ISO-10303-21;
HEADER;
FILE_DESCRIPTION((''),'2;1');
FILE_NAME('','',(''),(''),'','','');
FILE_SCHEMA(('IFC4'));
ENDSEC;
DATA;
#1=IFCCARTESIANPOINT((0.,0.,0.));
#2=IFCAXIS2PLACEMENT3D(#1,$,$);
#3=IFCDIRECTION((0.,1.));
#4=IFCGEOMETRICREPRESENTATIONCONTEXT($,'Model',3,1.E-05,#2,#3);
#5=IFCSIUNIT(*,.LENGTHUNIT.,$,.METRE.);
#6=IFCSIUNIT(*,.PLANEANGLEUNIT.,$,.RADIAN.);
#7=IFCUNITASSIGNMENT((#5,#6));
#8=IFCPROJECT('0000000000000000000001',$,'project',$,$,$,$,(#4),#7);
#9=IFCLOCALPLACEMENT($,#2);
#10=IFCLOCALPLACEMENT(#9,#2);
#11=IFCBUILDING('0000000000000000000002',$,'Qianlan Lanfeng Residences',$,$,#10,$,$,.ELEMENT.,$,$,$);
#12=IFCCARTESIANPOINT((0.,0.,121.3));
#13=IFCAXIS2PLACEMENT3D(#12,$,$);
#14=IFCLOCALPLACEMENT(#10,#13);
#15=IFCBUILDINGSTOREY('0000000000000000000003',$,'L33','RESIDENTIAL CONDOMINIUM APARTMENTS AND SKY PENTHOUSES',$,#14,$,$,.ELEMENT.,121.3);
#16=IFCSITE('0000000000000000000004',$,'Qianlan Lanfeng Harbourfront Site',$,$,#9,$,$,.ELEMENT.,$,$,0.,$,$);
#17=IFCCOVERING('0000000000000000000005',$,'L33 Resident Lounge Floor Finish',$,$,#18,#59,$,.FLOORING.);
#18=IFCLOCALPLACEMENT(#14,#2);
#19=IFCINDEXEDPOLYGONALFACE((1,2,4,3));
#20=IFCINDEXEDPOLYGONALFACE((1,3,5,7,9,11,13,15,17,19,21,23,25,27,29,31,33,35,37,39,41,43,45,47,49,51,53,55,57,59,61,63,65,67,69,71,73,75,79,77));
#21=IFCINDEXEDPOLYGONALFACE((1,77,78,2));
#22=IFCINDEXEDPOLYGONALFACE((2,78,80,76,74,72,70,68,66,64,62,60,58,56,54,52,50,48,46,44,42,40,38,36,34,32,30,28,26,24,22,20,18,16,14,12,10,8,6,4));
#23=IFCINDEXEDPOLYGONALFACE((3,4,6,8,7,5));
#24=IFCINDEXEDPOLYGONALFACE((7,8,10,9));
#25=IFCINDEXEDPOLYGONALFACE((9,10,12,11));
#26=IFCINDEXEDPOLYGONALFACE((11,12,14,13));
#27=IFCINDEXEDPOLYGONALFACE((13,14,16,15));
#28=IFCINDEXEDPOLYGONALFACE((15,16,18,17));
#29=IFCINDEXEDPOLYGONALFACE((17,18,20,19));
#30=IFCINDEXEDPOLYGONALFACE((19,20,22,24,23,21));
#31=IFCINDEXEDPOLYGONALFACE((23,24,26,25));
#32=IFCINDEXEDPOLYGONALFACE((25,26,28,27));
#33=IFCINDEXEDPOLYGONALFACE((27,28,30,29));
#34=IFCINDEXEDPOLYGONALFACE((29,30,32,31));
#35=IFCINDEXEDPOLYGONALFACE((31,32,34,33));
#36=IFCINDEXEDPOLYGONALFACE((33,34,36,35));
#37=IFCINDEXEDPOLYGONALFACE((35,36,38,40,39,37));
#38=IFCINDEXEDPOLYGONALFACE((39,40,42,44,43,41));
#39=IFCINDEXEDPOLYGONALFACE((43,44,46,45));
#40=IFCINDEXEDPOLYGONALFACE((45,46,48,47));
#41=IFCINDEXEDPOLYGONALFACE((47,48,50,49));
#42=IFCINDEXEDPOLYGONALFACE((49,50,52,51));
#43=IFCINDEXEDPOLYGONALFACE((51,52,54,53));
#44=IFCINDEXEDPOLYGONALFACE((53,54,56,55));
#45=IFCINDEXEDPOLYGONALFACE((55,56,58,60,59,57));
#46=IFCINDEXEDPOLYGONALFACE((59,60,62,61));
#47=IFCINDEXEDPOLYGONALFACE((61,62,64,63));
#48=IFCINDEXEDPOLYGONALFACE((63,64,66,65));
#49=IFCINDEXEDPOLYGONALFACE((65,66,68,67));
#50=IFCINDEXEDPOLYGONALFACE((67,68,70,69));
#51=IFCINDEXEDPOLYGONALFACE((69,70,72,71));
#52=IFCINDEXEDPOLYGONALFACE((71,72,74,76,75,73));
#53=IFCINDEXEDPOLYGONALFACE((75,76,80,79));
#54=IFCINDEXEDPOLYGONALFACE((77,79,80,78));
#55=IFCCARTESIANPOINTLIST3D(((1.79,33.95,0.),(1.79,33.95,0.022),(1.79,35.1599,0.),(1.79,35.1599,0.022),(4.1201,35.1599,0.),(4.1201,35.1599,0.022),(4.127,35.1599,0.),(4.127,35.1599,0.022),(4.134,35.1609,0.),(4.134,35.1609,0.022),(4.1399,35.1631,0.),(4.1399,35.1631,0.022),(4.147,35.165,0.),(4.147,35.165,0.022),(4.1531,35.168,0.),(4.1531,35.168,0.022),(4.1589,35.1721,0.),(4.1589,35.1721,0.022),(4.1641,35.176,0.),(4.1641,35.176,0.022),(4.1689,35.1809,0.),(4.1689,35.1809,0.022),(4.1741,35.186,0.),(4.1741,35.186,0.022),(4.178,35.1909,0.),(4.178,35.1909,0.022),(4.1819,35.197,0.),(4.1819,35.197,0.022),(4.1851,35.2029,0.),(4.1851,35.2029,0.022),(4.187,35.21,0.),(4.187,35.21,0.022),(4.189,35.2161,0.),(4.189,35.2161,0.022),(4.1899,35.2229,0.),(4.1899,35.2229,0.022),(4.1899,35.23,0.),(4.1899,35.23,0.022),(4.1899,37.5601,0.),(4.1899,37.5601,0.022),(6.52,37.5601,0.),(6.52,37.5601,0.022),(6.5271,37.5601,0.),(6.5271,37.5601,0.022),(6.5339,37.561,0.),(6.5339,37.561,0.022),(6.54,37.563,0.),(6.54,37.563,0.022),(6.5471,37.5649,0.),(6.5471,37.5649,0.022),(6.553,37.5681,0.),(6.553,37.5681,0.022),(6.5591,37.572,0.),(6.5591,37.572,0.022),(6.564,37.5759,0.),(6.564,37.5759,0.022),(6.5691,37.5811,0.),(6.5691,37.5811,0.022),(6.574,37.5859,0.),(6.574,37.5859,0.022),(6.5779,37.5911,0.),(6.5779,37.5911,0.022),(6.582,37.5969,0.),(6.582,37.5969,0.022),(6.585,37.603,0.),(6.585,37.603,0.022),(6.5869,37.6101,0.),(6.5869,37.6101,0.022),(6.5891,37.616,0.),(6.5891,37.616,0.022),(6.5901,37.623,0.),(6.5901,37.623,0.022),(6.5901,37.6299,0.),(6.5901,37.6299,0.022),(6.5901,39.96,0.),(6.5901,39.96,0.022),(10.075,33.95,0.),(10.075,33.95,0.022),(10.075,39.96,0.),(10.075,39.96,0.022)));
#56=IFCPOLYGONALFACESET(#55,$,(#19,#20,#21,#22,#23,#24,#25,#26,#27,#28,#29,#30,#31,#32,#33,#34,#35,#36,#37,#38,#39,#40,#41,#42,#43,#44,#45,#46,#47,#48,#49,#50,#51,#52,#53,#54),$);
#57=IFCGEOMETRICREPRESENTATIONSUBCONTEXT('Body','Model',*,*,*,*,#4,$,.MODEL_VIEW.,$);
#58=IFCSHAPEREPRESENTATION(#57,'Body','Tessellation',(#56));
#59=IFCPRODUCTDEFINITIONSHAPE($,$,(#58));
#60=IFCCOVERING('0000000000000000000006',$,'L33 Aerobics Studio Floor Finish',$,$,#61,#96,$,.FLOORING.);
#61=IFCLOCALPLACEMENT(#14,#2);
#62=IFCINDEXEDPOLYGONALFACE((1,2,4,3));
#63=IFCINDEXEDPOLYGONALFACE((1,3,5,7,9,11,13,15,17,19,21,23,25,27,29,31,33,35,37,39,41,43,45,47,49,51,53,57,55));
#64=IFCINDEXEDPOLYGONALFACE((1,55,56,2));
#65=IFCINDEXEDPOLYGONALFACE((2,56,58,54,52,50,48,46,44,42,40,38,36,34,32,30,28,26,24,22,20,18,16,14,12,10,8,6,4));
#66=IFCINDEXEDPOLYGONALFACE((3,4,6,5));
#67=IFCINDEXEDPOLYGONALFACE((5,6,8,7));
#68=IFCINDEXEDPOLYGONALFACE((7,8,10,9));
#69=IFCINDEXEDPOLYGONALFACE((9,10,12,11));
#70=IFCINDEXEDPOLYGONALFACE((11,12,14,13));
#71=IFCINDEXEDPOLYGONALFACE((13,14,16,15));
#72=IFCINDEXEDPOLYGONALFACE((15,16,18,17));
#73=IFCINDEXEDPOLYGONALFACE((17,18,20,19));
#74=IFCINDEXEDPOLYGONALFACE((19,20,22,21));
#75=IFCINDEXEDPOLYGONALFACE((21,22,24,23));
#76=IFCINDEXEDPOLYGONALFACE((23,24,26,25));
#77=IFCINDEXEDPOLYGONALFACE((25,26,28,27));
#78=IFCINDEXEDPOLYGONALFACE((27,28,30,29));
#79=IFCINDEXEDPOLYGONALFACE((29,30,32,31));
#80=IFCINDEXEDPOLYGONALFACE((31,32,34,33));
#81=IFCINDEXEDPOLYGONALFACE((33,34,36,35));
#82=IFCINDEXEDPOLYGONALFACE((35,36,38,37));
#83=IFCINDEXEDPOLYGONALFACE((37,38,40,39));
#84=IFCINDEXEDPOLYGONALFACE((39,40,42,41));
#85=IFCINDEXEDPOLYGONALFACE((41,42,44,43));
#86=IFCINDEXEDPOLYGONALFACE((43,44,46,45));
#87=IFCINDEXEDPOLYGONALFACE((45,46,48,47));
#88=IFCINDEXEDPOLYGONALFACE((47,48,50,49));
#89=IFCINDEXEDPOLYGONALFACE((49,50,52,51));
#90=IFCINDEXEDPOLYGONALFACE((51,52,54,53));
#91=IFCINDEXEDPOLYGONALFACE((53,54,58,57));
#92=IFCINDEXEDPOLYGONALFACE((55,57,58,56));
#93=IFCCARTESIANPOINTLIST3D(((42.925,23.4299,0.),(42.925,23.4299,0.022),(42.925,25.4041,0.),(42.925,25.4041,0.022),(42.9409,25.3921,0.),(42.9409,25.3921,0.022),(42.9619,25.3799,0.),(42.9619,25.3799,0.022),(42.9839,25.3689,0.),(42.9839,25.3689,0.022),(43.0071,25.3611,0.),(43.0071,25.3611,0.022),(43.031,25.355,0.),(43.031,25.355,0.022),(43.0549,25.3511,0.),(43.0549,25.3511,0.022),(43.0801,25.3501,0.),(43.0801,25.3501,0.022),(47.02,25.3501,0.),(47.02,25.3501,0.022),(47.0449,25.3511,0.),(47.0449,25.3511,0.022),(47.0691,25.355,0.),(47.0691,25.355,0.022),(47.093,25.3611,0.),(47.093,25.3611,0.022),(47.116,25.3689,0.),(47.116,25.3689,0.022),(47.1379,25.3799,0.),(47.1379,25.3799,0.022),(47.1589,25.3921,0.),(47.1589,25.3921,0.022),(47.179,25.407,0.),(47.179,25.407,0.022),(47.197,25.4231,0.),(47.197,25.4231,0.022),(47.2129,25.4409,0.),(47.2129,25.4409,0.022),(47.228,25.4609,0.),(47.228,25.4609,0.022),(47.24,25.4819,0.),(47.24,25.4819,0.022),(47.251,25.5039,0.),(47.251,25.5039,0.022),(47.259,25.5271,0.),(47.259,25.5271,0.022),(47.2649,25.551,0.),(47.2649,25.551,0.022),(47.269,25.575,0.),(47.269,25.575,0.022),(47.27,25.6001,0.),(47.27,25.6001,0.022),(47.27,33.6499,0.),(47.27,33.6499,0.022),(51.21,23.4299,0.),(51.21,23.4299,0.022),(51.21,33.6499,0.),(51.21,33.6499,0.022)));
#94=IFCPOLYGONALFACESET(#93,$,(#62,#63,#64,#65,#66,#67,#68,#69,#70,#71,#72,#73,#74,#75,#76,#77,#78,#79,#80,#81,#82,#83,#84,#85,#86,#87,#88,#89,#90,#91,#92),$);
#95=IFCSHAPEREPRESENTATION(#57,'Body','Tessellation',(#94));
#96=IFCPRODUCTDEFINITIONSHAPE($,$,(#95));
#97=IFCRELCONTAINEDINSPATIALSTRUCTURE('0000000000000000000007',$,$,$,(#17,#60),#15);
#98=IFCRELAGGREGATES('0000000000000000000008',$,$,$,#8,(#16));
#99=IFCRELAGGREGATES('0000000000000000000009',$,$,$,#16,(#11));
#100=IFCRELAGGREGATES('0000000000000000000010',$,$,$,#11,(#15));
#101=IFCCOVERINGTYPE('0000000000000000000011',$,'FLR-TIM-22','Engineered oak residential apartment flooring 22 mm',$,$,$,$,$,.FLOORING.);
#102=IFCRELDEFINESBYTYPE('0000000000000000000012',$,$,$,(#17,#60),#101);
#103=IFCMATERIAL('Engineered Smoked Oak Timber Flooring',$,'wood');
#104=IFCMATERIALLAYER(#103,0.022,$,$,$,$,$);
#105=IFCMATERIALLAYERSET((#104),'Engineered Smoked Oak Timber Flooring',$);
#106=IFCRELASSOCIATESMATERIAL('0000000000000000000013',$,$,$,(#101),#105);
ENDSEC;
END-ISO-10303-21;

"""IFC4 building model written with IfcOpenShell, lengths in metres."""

from ifc_helpers import new_model, si_unit, direction, frame, origin, place, context, subcontext, project, spatial, polyline, outline, extrude, material, layer, layer_set, type_object, element, save


model = new_model("IFC4")

# Units and contexts
model_context = context("Model", 3, precision=1e-05, world=origin(), true_north=direction((0.0, 1.0)))
body_context = subcontext(model_context, "Body", "Model", "MODEL_VIEW")
ifc_project = project(units=[si_unit("LENGTHUNIT", "METRE"), si_unit("PLANEANGLEUNIT", "RADIAN")], contexts=[model_context])

# Site, building, storey
site_placement = place(None, origin())
site = spatial("IfcSite", under=ifc_project, at=site_placement, Name="Qianlan Lanfeng Harbourfront Site", CompositionType="ELEMENT", RefElevation=0.0)
building_placement = place(site_placement, origin())
building = spatial("IfcBuilding", under=site, at=building_placement, Name="Qianlan Lanfeng Residences", CompositionType="ELEMENT")
storey_placement = place(building_placement, frame((0.0, 0.0, 121.3)))
storey = spatial("IfcBuildingStorey", under=building, at=storey_placement, Name="L33", Description="RESIDENTIAL CONDOMINIUM APARTMENTS AND SKY PENTHOUSES", CompositionType="ELEMENT", Elevation=121.3)

# Coverings
ifc_material_1 = material(Name="Engineered Smoked Oak Timber Flooring", Category="wood")
ifc_layer_1 = layer(ifc_material_1, 0.022)
ifc_layer_set_1 = layer_set([ifc_layer_1], Name="Engineered Smoked Oak Timber Flooring")
covering_type_1 = type_object("IfcCoveringType", Name="FLR-TIM-22", Description="Engineered oak residential apartment flooring 22 mm", PredefinedType="FLOORING", material=ifc_layer_set_1)
covering_1_placement = place(storey_placement, origin())
element("IfcCovering", 1, at=covering_1_placement, inside=storey, type_object=covering_type_1, Name="L33 Resident Lounge Floor Finish", PredefinedType="FLOORING", context=body_context, shape_type="SweptSolid", body=[
    extrude(outline(polyline([(1.79, 33.95), (10.075, 33.95), (10.075, 39.96), (6.5901, 39.96), (6.5901, 37.6299), (6.5901, 37.623), (6.5891, 37.616), (6.5869, 37.6101), (6.585, 37.603), (6.582, 37.5969), (6.5779, 37.5911), (6.574, 37.5859), (6.5691, 37.5811), (6.564, 37.5759), (6.5591, 37.572), (6.553, 37.5681), (6.5471, 37.5649), (6.54, 37.563), (6.5339, 37.561), (6.5271, 37.5601), (6.52, 37.5601), (4.1899, 37.5601), (4.1899, 35.23), (4.1899, 35.2229), (4.189, 35.2161), (4.187, 35.21), (4.1851, 35.2029), (4.1819, 35.197), (4.178, 35.1909), (4.1741, 35.186), (4.1689, 35.1809), (4.1641, 35.176), (4.1589, 35.1721), (4.1531, 35.168), (4.147, 35.165), (4.1399, 35.1631), (4.134, 35.1609), (4.127, 35.1599), (4.1201, 35.1599), (1.79, 35.1599), (1.79, 33.95)])), origin(), (0.0, 0.0, 1.0), 0.022),
])
covering_2_placement = place(storey_placement, origin())
element("IfcCovering", 2, at=covering_2_placement, inside=storey, type_object=covering_type_1, Name="L33 Aerobics Studio Floor Finish", PredefinedType="FLOORING", context=body_context, shape_type="SweptSolid", body=[
    extrude(outline(polyline([(51.21, 33.6499), (47.27, 33.6499), (47.27, 25.6001), (47.269, 25.575), (47.2649, 25.551), (47.259, 25.5271), (47.251, 25.5039), (47.24, 25.4819), (47.228, 25.4609), (47.2129, 25.4409), (47.197, 25.4231), (47.179, 25.407), (47.1589, 25.3921), (47.1379, 25.3799), (47.116, 25.3689), (47.093, 25.3611), (47.0691, 25.355), (47.0449, 25.3511), (47.02, 25.3501), (43.0801, 25.3501), (43.0549, 25.3511), (43.031, 25.355), (43.0071, 25.3611), (42.9839, 25.3689), (42.9619, 25.3799), (42.9409, 25.3921), (42.925, 25.4041), (42.925, 23.4299), (51.21, 23.4299), (51.21, 33.6499)])), origin(), (0.0, 0.0, 1.0), 0.022),
])

save(model, "model.ifc")
